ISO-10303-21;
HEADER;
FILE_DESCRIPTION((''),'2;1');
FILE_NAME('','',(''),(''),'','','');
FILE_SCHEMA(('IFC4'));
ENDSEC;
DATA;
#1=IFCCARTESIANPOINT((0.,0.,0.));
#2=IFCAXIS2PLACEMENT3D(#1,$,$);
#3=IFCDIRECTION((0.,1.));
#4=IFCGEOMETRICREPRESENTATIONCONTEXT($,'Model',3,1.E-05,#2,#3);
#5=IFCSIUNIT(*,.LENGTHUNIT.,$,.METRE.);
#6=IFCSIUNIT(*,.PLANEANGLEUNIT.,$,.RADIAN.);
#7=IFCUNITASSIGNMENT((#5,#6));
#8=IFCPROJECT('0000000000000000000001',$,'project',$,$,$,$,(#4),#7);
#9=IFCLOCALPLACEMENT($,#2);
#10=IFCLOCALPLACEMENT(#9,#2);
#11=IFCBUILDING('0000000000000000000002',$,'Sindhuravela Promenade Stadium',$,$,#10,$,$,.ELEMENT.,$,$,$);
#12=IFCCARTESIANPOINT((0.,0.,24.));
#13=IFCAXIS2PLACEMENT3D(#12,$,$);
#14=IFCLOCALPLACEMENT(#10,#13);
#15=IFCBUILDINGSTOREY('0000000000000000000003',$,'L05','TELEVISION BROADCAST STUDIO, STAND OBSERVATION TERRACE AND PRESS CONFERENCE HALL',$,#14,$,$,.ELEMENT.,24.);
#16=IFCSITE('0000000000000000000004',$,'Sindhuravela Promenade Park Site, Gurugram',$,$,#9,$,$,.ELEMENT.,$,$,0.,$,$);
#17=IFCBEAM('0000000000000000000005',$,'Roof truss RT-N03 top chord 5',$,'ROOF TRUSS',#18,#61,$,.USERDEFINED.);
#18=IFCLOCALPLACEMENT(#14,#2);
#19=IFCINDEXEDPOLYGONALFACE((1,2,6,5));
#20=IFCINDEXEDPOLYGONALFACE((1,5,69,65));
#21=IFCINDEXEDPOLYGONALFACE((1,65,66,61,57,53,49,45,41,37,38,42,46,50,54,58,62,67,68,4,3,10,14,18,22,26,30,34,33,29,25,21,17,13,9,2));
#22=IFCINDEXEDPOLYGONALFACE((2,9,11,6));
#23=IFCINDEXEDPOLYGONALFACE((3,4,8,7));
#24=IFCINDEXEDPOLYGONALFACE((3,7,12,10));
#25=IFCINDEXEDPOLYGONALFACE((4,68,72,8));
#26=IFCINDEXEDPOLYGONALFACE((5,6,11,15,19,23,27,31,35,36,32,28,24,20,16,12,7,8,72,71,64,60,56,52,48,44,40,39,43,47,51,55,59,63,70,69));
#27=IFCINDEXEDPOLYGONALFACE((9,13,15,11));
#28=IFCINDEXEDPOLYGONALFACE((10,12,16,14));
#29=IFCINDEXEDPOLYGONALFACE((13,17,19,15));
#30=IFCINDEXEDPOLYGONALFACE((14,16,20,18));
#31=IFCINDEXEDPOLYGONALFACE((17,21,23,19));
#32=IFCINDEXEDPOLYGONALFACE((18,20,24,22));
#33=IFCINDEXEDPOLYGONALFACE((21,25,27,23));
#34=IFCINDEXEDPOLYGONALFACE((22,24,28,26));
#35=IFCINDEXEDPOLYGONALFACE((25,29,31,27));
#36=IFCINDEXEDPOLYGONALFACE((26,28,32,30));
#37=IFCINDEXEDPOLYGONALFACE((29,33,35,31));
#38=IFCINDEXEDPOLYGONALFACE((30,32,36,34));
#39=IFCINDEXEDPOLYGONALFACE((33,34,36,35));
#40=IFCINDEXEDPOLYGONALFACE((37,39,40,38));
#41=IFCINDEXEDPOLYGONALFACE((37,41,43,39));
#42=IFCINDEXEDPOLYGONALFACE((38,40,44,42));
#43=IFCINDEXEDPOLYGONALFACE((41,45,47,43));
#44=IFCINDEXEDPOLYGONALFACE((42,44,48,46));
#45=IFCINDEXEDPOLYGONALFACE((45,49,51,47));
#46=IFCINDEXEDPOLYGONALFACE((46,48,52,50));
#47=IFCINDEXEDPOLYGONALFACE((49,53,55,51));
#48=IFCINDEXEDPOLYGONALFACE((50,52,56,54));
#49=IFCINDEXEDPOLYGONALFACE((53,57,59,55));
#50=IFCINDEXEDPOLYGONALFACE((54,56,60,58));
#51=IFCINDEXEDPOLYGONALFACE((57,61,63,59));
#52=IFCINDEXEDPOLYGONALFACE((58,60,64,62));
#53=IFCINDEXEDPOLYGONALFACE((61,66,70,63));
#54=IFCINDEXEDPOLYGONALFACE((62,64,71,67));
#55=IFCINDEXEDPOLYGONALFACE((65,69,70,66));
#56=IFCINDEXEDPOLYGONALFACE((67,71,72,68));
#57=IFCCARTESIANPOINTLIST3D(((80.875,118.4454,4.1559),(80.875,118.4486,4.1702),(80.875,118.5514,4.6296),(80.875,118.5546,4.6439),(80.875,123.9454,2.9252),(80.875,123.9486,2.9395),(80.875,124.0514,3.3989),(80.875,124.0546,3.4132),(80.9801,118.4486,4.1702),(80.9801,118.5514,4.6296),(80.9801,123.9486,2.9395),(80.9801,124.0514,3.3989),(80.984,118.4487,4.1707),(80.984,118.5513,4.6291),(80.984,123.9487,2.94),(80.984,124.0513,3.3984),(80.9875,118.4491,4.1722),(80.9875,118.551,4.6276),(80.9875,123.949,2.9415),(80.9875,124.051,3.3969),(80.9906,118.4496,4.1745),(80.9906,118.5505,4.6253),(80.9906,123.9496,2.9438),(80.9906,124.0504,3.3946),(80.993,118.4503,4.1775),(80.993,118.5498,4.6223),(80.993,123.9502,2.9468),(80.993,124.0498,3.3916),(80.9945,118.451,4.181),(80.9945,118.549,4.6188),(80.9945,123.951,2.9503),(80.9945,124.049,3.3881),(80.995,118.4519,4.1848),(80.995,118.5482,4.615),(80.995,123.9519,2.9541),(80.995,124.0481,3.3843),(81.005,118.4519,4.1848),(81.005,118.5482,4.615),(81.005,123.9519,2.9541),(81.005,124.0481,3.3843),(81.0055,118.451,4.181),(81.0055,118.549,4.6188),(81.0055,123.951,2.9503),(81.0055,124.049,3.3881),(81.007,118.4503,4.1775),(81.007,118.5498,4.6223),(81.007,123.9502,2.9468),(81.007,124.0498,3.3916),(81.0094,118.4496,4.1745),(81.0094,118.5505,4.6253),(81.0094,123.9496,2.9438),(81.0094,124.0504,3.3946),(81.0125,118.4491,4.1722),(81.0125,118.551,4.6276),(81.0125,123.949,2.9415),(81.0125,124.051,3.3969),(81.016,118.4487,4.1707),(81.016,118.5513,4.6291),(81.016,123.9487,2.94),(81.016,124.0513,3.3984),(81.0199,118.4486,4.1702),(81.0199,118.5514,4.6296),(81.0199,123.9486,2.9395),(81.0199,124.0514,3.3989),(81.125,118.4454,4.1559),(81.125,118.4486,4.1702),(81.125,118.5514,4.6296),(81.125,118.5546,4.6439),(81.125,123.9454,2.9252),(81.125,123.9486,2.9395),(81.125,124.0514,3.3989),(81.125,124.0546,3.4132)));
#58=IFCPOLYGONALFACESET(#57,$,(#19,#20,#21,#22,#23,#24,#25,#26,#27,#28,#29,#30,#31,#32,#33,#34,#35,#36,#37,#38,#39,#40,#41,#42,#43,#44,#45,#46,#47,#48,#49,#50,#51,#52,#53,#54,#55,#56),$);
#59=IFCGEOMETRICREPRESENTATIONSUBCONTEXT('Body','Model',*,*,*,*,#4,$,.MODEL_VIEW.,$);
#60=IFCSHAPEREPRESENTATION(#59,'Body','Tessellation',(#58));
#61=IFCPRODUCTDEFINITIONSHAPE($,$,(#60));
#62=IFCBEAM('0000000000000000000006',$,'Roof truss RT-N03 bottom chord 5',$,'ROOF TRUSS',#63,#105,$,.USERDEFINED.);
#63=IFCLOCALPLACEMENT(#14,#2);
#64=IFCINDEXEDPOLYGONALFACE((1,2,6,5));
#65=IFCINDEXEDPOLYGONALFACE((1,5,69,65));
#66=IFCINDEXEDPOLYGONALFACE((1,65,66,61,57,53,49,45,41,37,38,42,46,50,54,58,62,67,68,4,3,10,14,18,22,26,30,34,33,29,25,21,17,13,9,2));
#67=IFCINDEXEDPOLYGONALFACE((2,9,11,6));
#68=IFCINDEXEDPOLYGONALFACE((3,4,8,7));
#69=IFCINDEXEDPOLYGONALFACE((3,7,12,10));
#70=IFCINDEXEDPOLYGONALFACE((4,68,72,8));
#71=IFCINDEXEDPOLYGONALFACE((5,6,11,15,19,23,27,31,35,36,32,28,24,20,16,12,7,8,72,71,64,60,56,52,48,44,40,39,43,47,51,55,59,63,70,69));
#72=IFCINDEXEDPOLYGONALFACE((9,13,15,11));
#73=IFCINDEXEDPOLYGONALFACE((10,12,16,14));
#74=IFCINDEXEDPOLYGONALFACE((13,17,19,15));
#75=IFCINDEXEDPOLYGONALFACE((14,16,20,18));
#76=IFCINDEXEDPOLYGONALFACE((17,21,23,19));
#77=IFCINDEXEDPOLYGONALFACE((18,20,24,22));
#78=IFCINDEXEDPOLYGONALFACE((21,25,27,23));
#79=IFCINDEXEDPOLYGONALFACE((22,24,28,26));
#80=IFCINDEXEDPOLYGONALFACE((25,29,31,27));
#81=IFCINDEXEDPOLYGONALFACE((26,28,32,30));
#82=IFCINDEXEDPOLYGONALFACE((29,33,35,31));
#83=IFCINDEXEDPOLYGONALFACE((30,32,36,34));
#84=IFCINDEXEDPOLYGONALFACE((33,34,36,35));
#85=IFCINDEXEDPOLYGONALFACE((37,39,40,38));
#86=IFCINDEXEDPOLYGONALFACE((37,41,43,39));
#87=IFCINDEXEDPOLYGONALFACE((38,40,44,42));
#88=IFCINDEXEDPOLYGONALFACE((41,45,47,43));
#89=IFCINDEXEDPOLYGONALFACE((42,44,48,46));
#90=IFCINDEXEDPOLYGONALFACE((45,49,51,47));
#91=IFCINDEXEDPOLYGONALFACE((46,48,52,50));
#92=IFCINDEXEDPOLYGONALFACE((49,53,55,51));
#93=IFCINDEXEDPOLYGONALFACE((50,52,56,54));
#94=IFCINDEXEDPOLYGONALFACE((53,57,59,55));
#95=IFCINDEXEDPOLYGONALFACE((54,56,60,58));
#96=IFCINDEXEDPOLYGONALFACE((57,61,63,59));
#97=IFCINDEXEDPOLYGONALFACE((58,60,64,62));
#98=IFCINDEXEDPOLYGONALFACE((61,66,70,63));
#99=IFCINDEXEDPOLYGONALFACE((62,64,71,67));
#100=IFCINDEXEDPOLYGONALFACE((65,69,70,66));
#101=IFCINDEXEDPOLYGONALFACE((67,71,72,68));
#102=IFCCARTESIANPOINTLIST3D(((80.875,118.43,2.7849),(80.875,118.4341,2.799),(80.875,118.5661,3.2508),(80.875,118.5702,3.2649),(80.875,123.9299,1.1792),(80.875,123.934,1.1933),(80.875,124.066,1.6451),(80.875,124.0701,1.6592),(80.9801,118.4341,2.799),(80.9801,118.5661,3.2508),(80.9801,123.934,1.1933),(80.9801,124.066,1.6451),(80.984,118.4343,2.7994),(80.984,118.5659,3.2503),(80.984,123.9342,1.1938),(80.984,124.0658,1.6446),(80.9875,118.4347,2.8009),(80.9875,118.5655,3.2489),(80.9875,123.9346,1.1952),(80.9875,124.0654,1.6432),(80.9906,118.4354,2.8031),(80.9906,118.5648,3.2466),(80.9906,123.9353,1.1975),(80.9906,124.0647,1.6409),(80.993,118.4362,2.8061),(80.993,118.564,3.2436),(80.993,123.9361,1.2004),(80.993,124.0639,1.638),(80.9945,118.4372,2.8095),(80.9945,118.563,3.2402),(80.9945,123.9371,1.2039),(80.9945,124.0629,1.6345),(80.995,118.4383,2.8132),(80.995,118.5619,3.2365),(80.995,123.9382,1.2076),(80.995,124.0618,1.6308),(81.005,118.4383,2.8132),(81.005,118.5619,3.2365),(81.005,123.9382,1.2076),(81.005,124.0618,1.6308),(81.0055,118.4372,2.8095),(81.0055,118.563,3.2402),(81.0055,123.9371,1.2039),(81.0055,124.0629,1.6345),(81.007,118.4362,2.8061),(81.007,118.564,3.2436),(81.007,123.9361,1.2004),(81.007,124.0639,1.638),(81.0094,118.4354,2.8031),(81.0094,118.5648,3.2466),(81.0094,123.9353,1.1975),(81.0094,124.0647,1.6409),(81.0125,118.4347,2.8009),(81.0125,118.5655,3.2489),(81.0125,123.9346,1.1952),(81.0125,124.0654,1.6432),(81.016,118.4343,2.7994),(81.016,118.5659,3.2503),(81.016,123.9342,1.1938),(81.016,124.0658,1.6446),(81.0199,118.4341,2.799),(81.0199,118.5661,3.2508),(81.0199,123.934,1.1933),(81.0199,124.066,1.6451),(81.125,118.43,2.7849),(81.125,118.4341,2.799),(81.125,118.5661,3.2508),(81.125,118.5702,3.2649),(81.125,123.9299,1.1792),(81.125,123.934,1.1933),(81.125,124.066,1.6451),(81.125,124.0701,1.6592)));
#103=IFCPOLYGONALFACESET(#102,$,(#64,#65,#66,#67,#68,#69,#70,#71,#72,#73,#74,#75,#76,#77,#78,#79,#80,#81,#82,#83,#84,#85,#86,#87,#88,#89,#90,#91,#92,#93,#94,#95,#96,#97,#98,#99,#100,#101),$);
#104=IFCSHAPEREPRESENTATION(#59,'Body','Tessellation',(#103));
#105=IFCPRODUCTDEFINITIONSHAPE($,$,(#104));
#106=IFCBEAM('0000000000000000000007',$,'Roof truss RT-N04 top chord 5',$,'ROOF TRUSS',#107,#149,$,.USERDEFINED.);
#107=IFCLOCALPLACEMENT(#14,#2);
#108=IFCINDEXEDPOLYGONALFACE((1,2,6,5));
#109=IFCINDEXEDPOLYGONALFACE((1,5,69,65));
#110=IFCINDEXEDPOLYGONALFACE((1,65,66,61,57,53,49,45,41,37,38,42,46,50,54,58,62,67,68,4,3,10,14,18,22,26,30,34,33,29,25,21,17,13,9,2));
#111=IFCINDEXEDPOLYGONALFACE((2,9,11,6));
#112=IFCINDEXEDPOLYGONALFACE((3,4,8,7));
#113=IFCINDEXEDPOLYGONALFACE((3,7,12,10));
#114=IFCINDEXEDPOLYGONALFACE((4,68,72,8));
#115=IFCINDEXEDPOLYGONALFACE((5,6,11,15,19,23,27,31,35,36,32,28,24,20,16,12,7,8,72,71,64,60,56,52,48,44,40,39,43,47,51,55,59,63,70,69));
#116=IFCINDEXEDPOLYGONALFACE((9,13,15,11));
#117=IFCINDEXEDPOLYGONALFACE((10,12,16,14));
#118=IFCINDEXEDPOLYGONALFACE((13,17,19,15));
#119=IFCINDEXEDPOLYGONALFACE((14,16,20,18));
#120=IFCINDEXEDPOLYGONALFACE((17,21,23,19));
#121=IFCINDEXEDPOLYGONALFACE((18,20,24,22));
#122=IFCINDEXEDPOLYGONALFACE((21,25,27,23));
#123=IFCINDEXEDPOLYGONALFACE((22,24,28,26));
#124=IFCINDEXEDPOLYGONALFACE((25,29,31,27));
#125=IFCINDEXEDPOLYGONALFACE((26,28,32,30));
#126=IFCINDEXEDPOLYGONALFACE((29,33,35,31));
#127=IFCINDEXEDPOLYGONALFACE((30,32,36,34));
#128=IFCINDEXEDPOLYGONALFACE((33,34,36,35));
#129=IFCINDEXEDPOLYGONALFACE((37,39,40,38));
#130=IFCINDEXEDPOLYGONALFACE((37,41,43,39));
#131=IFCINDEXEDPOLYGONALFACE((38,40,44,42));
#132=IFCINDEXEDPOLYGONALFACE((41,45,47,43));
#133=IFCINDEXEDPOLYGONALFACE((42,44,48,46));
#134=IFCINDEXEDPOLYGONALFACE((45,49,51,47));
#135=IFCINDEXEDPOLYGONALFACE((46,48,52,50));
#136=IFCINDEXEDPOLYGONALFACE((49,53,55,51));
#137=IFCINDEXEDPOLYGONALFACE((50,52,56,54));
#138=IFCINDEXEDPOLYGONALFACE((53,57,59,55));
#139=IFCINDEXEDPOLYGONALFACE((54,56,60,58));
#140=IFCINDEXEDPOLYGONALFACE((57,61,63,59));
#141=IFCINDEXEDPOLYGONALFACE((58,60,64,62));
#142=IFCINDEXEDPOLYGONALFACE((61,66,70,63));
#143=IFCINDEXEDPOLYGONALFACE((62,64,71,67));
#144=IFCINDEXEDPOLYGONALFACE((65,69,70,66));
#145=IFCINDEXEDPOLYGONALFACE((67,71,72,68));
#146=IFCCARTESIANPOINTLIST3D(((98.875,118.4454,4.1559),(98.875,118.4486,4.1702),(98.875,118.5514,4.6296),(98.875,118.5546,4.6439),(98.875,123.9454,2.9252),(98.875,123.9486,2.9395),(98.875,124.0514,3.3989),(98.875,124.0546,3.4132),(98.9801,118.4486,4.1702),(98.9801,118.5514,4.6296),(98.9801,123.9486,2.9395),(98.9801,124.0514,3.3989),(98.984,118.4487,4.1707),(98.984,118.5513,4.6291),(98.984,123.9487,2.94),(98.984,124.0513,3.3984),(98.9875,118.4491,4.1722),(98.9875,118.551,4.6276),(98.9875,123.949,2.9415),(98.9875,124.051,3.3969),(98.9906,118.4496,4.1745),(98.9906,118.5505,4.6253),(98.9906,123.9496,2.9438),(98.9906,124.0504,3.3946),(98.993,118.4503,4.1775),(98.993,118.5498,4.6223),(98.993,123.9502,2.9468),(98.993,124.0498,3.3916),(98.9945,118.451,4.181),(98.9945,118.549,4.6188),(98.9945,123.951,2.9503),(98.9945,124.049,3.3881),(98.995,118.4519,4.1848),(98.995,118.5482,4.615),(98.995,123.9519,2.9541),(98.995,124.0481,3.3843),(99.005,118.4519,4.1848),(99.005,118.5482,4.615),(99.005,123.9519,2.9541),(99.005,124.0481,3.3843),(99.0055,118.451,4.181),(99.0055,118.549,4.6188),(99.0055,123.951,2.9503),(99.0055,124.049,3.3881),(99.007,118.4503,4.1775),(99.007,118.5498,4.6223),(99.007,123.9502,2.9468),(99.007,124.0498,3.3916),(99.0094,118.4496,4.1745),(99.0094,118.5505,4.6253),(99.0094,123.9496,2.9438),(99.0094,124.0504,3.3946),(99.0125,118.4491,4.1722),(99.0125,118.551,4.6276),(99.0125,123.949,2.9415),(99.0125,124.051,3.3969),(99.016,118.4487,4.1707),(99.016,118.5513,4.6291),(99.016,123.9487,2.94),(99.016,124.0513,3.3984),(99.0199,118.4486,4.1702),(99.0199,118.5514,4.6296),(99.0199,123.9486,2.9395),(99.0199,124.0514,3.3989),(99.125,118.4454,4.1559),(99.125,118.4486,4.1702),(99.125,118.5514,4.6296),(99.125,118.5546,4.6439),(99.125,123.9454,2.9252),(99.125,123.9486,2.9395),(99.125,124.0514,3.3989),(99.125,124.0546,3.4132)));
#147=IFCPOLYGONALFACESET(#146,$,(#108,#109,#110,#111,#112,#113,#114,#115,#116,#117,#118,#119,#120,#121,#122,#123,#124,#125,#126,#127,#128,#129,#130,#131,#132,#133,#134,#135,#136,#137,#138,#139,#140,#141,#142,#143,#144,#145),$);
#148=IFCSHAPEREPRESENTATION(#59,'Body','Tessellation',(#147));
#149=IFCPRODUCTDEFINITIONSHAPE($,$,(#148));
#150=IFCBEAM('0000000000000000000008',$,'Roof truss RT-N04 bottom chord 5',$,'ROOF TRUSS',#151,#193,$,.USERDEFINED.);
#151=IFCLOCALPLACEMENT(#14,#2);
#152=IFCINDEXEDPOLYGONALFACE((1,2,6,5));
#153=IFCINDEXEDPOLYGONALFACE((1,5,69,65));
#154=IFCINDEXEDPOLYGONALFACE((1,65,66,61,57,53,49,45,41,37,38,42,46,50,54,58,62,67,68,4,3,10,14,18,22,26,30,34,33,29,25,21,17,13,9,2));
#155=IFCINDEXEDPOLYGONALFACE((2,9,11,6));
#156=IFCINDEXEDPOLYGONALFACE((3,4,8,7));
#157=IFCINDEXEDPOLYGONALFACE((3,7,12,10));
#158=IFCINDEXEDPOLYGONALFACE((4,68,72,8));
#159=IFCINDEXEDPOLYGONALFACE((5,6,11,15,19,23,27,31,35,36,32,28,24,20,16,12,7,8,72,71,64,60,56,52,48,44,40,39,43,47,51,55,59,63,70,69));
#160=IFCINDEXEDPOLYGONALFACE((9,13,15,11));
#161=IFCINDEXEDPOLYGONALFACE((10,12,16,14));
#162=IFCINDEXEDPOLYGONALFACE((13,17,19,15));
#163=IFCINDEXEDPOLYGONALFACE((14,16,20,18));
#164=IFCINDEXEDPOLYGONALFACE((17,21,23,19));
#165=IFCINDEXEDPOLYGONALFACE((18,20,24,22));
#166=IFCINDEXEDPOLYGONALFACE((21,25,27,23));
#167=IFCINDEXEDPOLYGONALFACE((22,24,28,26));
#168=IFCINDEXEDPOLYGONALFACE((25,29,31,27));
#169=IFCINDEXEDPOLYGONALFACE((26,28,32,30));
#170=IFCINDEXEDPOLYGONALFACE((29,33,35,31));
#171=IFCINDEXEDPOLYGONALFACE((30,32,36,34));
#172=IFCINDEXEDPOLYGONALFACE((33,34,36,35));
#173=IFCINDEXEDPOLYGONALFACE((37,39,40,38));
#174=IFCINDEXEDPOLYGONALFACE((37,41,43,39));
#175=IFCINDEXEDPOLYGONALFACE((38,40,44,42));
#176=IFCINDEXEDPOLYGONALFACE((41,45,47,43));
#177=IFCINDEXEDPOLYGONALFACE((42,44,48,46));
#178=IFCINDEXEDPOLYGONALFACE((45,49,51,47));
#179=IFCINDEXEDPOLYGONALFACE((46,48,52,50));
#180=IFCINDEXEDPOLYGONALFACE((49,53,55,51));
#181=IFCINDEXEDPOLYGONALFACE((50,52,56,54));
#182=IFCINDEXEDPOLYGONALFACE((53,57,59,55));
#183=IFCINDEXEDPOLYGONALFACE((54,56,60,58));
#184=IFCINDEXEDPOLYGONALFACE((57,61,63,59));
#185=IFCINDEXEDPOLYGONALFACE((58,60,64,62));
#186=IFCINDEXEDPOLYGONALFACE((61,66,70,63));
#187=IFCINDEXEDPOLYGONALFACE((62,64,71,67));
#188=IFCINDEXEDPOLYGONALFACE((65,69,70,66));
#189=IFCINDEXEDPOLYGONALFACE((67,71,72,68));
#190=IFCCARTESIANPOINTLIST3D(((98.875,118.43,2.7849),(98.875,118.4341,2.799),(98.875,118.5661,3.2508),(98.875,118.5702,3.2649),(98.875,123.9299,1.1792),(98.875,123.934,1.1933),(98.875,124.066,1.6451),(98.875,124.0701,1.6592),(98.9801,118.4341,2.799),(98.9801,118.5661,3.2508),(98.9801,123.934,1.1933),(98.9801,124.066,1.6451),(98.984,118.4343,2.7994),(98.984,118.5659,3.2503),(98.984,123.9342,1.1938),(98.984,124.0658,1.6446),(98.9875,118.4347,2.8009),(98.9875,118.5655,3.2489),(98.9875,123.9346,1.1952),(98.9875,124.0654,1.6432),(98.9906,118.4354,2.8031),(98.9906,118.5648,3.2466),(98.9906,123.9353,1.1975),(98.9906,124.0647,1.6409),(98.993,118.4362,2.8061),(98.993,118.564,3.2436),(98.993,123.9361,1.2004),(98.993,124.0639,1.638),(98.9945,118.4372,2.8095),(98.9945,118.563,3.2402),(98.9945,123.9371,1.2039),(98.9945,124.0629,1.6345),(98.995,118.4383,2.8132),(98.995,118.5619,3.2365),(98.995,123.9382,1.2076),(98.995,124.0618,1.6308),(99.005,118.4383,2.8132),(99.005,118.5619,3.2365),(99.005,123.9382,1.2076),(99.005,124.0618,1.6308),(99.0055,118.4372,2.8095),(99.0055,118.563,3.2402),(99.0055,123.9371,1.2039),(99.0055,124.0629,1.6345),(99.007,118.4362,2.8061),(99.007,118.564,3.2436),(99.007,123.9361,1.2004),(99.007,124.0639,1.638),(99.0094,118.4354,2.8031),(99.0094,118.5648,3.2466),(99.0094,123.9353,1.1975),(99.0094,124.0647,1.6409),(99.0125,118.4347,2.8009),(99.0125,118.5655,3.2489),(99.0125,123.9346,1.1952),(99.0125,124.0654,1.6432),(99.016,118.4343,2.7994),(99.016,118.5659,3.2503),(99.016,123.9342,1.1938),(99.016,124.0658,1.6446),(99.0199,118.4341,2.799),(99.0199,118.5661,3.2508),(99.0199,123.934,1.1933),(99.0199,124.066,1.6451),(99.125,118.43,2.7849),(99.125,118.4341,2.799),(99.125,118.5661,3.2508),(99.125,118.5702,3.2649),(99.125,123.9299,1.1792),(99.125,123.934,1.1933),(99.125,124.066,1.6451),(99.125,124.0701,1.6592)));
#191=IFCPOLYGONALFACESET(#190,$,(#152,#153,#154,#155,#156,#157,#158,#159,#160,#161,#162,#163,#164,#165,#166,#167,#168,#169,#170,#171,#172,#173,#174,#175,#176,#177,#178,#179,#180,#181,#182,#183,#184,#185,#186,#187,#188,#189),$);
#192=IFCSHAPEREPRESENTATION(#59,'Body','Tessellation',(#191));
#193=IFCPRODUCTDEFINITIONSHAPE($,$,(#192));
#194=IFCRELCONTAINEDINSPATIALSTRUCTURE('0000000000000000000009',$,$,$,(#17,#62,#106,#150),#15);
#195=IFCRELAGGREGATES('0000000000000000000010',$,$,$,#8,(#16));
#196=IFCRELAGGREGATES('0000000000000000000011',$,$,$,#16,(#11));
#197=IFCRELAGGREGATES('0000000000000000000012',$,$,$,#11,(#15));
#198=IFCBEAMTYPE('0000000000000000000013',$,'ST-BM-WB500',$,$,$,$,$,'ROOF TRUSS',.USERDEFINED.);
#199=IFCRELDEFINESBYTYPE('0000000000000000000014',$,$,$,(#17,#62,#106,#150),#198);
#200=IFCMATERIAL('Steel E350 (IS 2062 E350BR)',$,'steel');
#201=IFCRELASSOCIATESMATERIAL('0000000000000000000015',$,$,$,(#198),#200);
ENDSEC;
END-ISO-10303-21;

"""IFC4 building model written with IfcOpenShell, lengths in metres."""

from ifc_helpers import new_model, si_unit, direction, frame, origin, origin_2d, place, context, subcontext, project, spatial, i_section, extrude, material, material_profile, profile_set, type_object, element, save


model = new_model("IFC4")

# Units and contexts
model_context = context("Model", 3, precision=1e-05, world=origin(), true_north=direction((0.0, 1.0)))
body_context = subcontext(model_context, "Body", "Model", "MODEL_VIEW")
ifc_project = project(units=[si_unit("LENGTHUNIT", "METRE"), si_unit("PLANEANGLEUNIT", "RADIAN")], contexts=[model_context])

# Site, building, storey
site_placement = place(None, origin())
site = spatial("IfcSite", under=ifc_project, at=site_placement, Name="Sindhuravela Promenade Park Site, Gurugram", CompositionType="ELEMENT", RefElevation=0.0)
building_placement = place(site_placement, origin())
building = spatial("IfcBuilding", under=site, at=building_placement, Name="Sindhuravela Promenade Stadium", CompositionType="ELEMENT")
storey_placement = place(building_placement, frame((0.0, 0.0, 24.0)))
storey = spatial("IfcBuildingStorey", under=building, at=storey_placement, Name="L05", Description="TELEVISION BROADCAST STUDIO, STAND OBSERVATION TERRACE AND PRESS CONFERENCE HALL", CompositionType="ELEMENT", Elevation=24.0)

# Beams
ifc_material_1 = material(Name="Steel E350 (IS 2062 E350BR)", Category="steel")
ifc_material_profile_1 = material_profile(ifc_material_1, i_section(OverallWidth=0.25, OverallDepth=0.5, WebThickness=0.01, FlangeThickness=0.0146, FilletRadius=0.0149, at=origin_2d()), Name="ISWB 500")
ifc_profile_set_1 = profile_set([ifc_material_profile_1], Name="Steel E350 (IS 2062 E350BR)")
beam_type_1 = type_object("IfcBeamType", Name="ST-BM-WB500", ElementType="ROOF TRUSS", PredefinedType="USERDEFINED", material=ifc_profile_set_1)
beam_1_placement = place(storey_placement, frame((81.0, 124.0, 3.1692), z_axis=(0.0, -0.975867, 0.218366), x_axis=(1.0, 0.0, 0.0)))
element("IfcBeam", 1, at=beam_1_placement, inside=storey, type_object=beam_type_1, Name="Roof truss RT-N03 top chord 5", ObjectType="ROOF TRUSS", PredefinedType="USERDEFINED", context=body_context, shape_type="SweptSolid", body=[
    extrude(i_section(OverallWidth=0.25, OverallDepth=0.5, WebThickness=0.01, FlangeThickness=0.0146, FilletRadius=0.0149, at=origin_2d()), origin(), (0.0, 0.0, 1.0), 5.636),
])
beam_2_placement = place(storey_placement, frame((81.0, 124.0, 1.4192), z_axis=(0.0, -0.959927, 0.280249), x_axis=(1.0, 0.0, 0.0)))
element("IfcBeam", 2, at=beam_2_placement, inside=storey, type_object=beam_type_1, Name="Roof truss RT-N03 bottom chord 5", ObjectType="ROOF TRUSS", PredefinedType="USERDEFINED", context=body_context, shape_type="SweptSolid", body=[
    extrude(i_section(OverallWidth=0.25, OverallDepth=0.5, WebThickness=0.01, FlangeThickness=0.0146, FilletRadius=0.0149, at=origin_2d()), origin(), (0.0, 0.0, 1.0), 5.7295),
])
beam_3_placement = place(storey_placement, frame((99.0, 124.0, 3.1692), z_axis=(0.0, -0.975867, 0.218366), x_axis=(1.0, 0.0, 0.0)))
element("IfcBeam", 3, at=beam_3_placement, inside=storey, type_object=beam_type_1, Name="Roof truss RT-N04 top chord 5", ObjectType="ROOF TRUSS", PredefinedType="USERDEFINED", context=body_context, shape_type="SweptSolid", body=[
    extrude(i_section(OverallWidth=0.25, OverallDepth=0.5, WebThickness=0.01, FlangeThickness=0.0146, FilletRadius=0.0149, at=origin_2d()), origin(), (0.0, 0.0, 1.0), 5.636),
])
beam_4_placement = place(storey_placement, frame((99.0, 124.0, 1.4192), z_axis=(0.0, -0.959927, 0.280249), x_axis=(1.0, 0.0, 0.0)))
element("IfcBeam", 4, at=beam_4_placement, inside=storey, type_object=beam_type_1, Name="Roof truss RT-N04 bottom chord 5", ObjectType="ROOF TRUSS", PredefinedType="USERDEFINED", context=body_context, shape_type="SweptSolid", body=[
    extrude(i_section(OverallWidth=0.25, OverallDepth=0.5, WebThickness=0.01, FlangeThickness=0.0146, FilletRadius=0.0149, at=origin_2d()), origin(), (0.0, 0.0, 1.0), 5.7295),
])

save(model, "model.ifc")
